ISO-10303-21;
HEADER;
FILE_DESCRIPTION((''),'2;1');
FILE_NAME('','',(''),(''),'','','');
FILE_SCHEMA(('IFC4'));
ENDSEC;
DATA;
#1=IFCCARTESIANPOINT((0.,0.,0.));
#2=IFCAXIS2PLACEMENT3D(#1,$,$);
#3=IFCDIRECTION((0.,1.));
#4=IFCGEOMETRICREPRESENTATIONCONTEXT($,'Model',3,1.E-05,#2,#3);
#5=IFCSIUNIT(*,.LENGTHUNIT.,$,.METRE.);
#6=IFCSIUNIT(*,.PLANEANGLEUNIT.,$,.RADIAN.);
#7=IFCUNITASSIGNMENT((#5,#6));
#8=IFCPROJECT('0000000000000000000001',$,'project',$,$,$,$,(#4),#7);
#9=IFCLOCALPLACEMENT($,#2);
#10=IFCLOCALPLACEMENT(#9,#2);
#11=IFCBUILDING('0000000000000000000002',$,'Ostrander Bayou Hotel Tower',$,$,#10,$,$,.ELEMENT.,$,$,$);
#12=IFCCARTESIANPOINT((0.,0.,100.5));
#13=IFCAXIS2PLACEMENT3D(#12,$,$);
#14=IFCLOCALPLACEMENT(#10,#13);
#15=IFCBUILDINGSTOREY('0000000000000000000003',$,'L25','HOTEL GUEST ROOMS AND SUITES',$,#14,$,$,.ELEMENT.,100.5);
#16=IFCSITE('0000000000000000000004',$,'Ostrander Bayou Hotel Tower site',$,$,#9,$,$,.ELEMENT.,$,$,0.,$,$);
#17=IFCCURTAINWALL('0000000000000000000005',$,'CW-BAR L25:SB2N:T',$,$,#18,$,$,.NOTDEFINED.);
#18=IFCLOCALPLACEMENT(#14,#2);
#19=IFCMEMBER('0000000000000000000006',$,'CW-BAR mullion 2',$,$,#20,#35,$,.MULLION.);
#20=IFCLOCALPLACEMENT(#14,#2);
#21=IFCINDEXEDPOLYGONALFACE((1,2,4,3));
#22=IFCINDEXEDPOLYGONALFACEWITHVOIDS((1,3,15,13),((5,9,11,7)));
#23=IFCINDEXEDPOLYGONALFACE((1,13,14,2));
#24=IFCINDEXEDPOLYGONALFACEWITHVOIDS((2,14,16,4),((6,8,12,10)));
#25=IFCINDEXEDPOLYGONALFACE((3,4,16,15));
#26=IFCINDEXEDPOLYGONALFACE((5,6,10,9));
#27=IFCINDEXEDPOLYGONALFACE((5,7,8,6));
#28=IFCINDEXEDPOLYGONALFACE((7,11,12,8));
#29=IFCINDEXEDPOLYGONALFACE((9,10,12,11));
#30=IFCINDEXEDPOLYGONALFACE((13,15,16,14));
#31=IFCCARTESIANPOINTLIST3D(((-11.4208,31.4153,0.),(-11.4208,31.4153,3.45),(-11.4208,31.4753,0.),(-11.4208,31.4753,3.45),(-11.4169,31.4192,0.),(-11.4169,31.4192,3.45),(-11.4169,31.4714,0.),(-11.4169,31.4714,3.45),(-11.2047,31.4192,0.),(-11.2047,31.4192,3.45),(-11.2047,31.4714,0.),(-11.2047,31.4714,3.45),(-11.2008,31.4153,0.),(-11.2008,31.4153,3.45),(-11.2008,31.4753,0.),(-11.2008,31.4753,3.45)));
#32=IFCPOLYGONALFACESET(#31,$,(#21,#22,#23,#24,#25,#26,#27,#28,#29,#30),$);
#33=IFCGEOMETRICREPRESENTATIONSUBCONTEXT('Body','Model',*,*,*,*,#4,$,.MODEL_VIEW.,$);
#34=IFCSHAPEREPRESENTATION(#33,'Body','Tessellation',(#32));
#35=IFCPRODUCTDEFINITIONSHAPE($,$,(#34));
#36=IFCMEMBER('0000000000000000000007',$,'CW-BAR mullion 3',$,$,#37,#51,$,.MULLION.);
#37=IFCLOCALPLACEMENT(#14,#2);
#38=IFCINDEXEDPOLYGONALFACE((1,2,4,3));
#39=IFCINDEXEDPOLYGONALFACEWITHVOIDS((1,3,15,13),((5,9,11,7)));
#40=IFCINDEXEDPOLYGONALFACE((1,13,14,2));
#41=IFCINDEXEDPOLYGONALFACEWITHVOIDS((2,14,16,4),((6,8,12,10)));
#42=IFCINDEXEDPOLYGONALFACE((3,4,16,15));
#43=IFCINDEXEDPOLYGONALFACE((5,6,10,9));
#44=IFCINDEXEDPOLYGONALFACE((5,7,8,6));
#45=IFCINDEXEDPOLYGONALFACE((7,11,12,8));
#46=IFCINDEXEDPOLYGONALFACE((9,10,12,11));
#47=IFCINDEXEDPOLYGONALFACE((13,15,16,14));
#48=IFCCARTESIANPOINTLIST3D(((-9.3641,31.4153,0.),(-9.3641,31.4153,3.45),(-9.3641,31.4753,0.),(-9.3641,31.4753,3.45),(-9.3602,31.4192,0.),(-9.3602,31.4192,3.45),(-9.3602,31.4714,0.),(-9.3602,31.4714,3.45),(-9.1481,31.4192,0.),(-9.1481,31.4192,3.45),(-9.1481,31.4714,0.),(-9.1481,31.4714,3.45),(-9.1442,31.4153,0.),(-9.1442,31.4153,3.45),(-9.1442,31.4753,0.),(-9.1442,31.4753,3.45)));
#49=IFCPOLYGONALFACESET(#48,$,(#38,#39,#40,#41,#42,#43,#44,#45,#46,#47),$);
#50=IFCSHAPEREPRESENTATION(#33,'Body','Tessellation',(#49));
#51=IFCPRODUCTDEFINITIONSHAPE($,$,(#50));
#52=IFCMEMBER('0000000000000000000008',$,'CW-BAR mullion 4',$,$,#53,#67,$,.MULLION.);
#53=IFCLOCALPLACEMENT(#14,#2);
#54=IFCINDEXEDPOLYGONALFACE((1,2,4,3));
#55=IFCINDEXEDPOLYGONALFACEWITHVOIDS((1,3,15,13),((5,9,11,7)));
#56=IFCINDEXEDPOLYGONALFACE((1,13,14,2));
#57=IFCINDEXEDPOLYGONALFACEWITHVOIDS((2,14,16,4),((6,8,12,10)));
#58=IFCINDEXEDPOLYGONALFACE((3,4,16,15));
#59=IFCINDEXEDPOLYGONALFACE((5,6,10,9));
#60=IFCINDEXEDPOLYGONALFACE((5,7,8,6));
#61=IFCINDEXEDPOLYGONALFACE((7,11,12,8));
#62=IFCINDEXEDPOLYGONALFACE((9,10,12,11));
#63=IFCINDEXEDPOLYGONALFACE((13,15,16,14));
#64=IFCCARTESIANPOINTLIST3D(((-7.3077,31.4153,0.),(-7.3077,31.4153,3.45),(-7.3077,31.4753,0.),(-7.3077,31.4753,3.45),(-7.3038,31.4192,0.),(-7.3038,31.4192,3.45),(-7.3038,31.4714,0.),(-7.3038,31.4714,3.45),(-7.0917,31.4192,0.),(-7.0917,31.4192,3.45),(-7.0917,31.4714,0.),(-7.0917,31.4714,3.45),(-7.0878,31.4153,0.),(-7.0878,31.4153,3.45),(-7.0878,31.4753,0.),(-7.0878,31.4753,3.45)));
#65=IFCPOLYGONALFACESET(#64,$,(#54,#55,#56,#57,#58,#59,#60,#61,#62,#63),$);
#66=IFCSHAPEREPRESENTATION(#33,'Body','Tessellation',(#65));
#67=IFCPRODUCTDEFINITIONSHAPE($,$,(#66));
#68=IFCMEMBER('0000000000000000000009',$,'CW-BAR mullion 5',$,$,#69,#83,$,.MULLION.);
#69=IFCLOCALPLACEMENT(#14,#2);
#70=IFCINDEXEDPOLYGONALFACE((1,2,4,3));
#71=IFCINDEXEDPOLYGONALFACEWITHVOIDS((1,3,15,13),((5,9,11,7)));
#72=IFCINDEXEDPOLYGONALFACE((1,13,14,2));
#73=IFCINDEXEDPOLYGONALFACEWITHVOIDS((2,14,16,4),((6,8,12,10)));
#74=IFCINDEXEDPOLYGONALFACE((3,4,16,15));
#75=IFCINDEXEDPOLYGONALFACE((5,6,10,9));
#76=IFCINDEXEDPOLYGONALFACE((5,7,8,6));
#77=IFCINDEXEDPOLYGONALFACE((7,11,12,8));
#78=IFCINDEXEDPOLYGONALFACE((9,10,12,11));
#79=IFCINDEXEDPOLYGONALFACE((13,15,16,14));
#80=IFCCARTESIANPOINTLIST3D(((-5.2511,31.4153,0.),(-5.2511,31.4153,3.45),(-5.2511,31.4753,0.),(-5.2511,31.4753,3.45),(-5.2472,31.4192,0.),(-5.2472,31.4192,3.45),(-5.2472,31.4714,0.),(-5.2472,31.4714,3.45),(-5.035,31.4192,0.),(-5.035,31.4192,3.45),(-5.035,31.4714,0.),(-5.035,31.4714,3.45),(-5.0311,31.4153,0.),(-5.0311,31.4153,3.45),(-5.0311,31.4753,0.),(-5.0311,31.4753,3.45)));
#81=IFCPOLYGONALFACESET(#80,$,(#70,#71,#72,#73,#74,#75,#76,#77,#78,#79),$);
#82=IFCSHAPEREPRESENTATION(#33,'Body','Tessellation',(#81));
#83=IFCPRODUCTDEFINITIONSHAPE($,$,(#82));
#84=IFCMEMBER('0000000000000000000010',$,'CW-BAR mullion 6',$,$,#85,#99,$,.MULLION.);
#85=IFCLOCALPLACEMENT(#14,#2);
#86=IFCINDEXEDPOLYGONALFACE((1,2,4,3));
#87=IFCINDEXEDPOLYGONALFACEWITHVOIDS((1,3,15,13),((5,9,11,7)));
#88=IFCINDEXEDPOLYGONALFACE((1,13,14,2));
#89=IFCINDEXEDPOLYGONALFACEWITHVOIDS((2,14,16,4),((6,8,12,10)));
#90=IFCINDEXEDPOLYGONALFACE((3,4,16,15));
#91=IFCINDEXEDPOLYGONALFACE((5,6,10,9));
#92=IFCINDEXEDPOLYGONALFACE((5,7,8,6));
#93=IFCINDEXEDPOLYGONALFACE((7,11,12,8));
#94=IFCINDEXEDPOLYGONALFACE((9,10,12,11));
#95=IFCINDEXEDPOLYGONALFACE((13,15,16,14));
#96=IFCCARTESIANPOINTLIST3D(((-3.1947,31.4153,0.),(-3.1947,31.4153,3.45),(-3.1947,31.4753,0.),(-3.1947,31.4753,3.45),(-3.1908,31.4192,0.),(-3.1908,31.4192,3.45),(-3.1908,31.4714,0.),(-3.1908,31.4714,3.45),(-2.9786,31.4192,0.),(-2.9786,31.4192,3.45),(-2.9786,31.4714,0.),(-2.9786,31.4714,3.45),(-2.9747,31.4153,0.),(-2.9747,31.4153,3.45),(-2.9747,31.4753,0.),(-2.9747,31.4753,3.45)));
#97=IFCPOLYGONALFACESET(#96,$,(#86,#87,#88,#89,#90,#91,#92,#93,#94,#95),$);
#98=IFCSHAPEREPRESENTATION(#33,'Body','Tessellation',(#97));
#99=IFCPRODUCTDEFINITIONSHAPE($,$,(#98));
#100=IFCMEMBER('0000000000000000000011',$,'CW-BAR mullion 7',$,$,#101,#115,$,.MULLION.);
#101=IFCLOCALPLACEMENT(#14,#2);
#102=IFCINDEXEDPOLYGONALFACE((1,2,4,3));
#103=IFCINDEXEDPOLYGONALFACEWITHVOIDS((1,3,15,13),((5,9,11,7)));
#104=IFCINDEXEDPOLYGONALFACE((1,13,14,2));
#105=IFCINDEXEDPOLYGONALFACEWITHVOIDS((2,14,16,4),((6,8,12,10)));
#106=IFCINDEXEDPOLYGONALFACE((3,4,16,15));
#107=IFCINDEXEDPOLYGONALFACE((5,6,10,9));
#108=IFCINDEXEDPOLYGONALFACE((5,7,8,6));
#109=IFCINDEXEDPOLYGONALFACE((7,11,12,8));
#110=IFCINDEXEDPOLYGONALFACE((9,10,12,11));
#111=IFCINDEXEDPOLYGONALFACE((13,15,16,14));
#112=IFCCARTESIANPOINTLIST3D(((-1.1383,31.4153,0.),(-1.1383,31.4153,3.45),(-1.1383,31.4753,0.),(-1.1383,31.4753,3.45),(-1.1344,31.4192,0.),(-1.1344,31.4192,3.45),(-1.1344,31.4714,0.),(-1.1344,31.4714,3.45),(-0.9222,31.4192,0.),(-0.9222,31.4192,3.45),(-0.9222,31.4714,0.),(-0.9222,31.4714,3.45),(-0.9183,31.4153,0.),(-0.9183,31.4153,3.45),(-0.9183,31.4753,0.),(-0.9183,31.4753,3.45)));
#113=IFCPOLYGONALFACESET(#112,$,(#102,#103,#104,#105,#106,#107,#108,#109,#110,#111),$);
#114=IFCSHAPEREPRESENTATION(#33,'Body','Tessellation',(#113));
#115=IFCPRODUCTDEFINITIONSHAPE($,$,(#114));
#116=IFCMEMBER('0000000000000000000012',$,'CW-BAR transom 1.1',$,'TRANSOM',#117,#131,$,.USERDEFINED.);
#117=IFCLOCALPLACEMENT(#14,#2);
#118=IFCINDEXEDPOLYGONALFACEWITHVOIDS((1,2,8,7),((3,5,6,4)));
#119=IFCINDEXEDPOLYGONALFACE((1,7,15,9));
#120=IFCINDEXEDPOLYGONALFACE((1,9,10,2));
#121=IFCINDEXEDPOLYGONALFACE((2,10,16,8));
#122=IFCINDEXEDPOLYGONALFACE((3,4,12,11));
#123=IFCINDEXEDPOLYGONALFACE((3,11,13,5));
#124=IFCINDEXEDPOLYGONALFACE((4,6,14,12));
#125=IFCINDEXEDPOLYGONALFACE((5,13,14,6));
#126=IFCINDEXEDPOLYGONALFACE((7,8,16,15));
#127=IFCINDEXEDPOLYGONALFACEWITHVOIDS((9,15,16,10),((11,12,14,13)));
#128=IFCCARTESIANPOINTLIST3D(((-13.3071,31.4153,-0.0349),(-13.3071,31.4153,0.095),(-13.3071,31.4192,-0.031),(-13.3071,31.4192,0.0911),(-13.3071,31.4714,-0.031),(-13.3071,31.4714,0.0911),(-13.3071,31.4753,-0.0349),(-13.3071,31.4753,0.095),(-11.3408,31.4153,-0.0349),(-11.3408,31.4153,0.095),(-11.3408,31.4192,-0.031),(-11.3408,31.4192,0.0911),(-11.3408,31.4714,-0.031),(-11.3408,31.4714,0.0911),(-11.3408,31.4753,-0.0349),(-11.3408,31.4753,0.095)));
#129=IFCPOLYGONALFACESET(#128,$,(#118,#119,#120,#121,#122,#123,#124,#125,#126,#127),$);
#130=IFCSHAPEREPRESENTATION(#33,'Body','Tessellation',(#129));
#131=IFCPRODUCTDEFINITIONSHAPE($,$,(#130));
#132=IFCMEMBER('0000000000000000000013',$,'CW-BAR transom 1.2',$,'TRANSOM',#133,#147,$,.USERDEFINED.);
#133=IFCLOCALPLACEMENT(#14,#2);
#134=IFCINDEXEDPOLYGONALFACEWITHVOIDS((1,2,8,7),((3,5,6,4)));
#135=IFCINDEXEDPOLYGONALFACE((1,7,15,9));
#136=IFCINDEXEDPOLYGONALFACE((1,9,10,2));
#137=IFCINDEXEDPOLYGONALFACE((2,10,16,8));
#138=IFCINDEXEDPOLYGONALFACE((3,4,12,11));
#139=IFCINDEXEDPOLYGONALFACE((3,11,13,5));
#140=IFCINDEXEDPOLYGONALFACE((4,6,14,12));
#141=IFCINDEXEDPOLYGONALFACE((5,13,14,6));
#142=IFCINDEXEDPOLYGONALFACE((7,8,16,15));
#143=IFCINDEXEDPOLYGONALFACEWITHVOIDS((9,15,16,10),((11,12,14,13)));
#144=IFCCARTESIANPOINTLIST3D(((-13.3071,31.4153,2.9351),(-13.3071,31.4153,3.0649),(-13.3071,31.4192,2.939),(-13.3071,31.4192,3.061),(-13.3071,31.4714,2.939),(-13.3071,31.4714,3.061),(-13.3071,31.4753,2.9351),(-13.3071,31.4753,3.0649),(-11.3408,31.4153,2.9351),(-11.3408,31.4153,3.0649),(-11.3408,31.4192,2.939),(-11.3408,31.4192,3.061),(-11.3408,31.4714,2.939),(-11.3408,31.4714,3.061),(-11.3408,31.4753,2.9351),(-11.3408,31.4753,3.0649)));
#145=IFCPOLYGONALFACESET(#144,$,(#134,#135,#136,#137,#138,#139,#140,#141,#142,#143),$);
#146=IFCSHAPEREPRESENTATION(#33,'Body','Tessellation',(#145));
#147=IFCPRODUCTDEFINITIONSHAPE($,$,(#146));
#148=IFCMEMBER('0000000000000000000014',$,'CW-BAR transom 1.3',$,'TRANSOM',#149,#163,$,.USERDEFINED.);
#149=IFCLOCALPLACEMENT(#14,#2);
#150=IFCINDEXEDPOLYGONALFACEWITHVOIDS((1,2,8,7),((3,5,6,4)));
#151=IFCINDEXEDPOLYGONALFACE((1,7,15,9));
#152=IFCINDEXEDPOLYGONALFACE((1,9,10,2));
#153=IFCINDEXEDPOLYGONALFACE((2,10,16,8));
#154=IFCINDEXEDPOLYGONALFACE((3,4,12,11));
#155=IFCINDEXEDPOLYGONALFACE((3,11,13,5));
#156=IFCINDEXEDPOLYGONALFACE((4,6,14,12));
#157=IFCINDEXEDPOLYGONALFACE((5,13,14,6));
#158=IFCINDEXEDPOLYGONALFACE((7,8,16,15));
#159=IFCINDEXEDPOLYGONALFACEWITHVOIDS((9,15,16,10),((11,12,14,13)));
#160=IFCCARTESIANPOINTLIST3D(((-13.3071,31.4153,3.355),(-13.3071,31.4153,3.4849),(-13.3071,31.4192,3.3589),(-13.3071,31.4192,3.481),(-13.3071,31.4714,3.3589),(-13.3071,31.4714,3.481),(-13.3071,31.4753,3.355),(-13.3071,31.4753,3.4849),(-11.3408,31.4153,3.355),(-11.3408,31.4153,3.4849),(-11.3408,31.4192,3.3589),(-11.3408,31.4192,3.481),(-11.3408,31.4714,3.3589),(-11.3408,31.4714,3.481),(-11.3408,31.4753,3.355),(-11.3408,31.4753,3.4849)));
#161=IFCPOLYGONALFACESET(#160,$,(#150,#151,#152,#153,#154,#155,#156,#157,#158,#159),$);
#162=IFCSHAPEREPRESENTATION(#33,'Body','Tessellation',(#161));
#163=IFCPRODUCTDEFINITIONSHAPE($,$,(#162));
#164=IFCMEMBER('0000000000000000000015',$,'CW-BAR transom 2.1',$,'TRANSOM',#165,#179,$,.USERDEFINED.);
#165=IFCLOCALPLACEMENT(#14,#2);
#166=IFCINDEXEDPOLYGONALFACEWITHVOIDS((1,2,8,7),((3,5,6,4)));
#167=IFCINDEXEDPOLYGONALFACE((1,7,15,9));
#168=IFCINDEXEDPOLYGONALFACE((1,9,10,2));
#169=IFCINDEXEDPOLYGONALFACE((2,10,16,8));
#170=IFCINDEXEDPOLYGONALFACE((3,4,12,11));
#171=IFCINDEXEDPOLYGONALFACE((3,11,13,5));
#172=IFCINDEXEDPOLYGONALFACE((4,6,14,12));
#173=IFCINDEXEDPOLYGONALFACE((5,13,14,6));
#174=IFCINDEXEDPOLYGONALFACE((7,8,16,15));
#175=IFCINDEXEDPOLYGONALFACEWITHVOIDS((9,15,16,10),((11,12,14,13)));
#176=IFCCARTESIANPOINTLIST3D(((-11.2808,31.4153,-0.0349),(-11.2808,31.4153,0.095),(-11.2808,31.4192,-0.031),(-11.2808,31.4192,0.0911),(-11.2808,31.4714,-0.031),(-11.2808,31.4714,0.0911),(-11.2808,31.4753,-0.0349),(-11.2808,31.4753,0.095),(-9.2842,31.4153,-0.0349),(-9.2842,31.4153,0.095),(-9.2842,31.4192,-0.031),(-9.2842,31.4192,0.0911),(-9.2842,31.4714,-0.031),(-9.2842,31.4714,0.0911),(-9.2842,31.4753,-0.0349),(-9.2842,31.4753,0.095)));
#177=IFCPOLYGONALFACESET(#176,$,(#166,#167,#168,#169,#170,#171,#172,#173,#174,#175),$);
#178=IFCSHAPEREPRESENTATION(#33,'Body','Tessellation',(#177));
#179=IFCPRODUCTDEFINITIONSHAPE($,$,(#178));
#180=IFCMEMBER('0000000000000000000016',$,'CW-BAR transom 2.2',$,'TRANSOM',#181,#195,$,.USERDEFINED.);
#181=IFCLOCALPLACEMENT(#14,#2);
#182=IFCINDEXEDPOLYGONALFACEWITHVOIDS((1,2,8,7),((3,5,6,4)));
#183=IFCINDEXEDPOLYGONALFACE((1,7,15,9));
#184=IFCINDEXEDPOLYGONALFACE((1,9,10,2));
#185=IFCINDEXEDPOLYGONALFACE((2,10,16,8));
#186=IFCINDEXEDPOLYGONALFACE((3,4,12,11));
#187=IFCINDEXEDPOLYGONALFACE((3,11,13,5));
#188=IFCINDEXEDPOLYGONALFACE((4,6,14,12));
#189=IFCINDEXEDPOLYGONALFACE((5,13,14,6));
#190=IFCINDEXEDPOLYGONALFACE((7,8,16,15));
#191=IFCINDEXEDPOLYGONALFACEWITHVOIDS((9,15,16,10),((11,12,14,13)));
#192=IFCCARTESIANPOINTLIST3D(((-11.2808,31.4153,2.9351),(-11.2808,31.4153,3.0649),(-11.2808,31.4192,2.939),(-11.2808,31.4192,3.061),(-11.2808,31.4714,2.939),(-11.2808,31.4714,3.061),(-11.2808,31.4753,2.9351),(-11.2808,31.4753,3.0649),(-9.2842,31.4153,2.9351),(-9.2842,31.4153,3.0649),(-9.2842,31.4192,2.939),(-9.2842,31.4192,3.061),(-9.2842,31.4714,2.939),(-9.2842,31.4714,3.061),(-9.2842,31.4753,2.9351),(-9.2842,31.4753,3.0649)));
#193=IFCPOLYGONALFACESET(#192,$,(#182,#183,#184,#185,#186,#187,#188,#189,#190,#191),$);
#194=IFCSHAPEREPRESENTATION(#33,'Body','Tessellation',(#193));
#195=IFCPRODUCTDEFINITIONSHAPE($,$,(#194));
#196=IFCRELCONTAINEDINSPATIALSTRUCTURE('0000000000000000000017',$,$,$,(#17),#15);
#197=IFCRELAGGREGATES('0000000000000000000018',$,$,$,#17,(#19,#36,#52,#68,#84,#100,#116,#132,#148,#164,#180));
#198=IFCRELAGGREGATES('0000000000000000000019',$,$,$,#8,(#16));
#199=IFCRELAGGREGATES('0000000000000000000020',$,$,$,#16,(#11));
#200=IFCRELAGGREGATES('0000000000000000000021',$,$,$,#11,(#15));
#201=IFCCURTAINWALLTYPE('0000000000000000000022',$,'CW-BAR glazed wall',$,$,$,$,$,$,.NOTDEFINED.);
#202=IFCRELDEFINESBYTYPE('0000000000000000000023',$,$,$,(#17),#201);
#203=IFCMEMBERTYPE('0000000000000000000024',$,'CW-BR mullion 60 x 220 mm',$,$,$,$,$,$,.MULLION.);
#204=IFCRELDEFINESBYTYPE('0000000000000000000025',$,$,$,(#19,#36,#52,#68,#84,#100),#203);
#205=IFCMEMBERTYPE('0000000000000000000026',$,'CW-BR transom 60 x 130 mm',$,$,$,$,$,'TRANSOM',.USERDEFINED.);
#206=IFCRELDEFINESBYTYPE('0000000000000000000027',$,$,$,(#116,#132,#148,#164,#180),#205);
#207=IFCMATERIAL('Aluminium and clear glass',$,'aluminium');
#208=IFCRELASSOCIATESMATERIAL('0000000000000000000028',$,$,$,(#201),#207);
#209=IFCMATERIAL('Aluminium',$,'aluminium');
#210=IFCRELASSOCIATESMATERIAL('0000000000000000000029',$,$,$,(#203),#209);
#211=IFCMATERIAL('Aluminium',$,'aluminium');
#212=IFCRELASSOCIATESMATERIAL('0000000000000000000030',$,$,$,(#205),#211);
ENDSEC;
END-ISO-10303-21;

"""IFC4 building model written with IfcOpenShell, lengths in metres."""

from ifc_helpers import new_model, si_unit, direction, frame, origin, origin_2d, place, context, subcontext, project, spatial, hollow_rectangle, extrude, material, material_profile, profile_set, type_object, element, aggregate, save


model = new_model("IFC4")

# Units and contexts
model_context = context("Model", 3, precision=1e-05, world=origin(), true_north=direction((0.0, 1.0)))
body_context = subcontext(model_context, "Body", "Model", "MODEL_VIEW")
ifc_project = project(units=[si_unit("LENGTHUNIT", "METRE"), si_unit("PLANEANGLEUNIT", "RADIAN")], contexts=[model_context])

# Site, building, storey
site_placement = place(None, origin())
site = spatial("IfcSite", under=ifc_project, at=site_placement, Name="Ostrander Bayou Hotel Tower site", CompositionType="ELEMENT", RefElevation=0.0)
building_placement = place(site_placement, origin())
building = spatial("IfcBuilding", under=site, at=building_placement, Name="Ostrander Bayou Hotel Tower", CompositionType="ELEMENT")
storey_placement = place(building_placement, frame((0.0, 0.0, 100.5)))
storey = spatial("IfcBuildingStorey", under=building, at=storey_placement, Name="L25", Description="HOTEL GUEST ROOMS AND SUITES", CompositionType="ELEMENT", Elevation=100.5)

# Curtain wall, members
ifc_material_1 = material(Name="Aluminium and clear glass", Category="aluminium")
curtain_wall_type = type_object("IfcCurtainWallType", Name="CW-BAR glazed wall", PredefinedType="NOTDEFINED", material=ifc_material_1)
curtain_wall_placement = place(storey_placement, origin())
curtain_wall = element("IfcCurtainWall", 1, at=curtain_wall_placement, inside=storey, type_object=curtain_wall_type, Name="CW-BAR L25:SB2N:T", PredefinedType="NOTDEFINED")
ifc_material_2 = material(Name="Aluminium", Category="aluminium")
ifc_material_profile_1 = material_profile(ifc_material_2, hollow_rectangle(XDim=0.0601, YDim=0.22, WallThickness=0.0039, at=origin_2d()))
ifc_profile_set_1 = profile_set([ifc_material_profile_1], Name="Aluminium")
member_type_1 = type_object("IfcMemberType", Name="CW-BR mullion 60 x 220 mm", PredefinedType="MULLION", material=ifc_profile_set_1)
member_1_placement = place(storey_placement, frame((-11.3108, 31.4453, 0.0), z_axis=(0.0, 0.0, 1.0), x_axis=(0.0, 1.0, 0.0)))
member_1 = element("IfcMember", 2, at=member_1_placement, type_object=member_type_1, Name="CW-BAR mullion 2", PredefinedType="MULLION", context=body_context, shape_type="SweptSolid", body=[
    extrude(hollow_rectangle(XDim=0.0601, YDim=0.22, WallThickness=0.0039, at=origin_2d()), origin(), (0.0, 0.0, 1.0), 3.45),
])
member_2_placement = place(storey_placement, frame((-9.2542, 31.4453, 0.0), z_axis=(0.0, 0.0, 1.0), x_axis=(0.0, 1.0, 0.0)))
member_2 = element("IfcMember", 3, at=member_2_placement, type_object=member_type_1, Name="CW-BAR mullion 3", PredefinedType="MULLION", context=body_context, shape_type="SweptSolid", body=[
    extrude(hollow_rectangle(XDim=0.0601, YDim=0.22, WallThickness=0.0039, at=origin_2d()), origin(), (0.0, 0.0, 1.0), 3.45),
])
member_3_placement = place(storey_placement, frame((-7.1978, 31.4453, 0.0), z_axis=(0.0, 0.0, 1.0), x_axis=(0.0, 1.0, 0.0)))
member_3 = element("IfcMember", 4, at=member_3_placement, type_object=member_type_1, Name="CW-BAR mullion 4", PredefinedType="MULLION", context=body_context, shape_type="SweptSolid", body=[
    extrude(hollow_rectangle(XDim=0.0601, YDim=0.22, WallThickness=0.0039, at=origin_2d()), origin(), (0.0, 0.0, 1.0), 3.45),
])
member_4_placement = place(storey_placement, frame((-5.1411, 31.4453, 0.0), z_axis=(0.0, 0.0, 1.0), x_axis=(0.0, 1.0, 0.0)))
member_4 = element("IfcMember", 5, at=member_4_placement, type_object=member_type_1, Name="CW-BAR mullion 5", PredefinedType="MULLION", context=body_context, shape_type="SweptSolid", body=[
    extrude(hollow_rectangle(XDim=0.0601, YDim=0.22, WallThickness=0.0039, at=origin_2d()), origin(), (0.0, 0.0, 1.0), 3.45),
])
member_5_placement = place(storey_placement, frame((-3.0847, 31.4453, 0.0), z_axis=(0.0, 0.0, 1.0), x_axis=(0.0, 1.0, 0.0)))
member_5 = element("IfcMember", 6, at=member_5_placement, type_object=member_type_1, Name="CW-BAR mullion 6", PredefinedType="MULLION", context=body_context, shape_type="SweptSolid", body=[
    extrude(hollow_rectangle(XDim=0.0601, YDim=0.22, WallThickness=0.0039, at=origin_2d()), origin(), (0.0, 0.0, 1.0), 3.45),
])
member_6_placement = place(storey_placement, frame((-1.0283, 31.4453, 0.0), z_axis=(0.0, 0.0, 1.0), x_axis=(0.0, 1.0, 0.0)))
member_6 = element("IfcMember", 7, at=member_6_placement, type_object=member_type_1, Name="CW-BAR mullion 7", PredefinedType="MULLION", context=body_context, shape_type="SweptSolid", body=[
    extrude(hollow_rectangle(XDim=0.0601, YDim=0.22, WallThickness=0.0039, at=origin_2d()), origin(), (0.0, 0.0, 1.0), 3.45),
])
ifc_material_3 = material(Name="Aluminium", Category="aluminium")
ifc_material_profile_2 = material_profile(ifc_material_3, hollow_rectangle(XDim=0.0601, YDim=0.1299, WallThickness=0.0039, at=origin_2d()))
ifc_profile_set_2 = profile_set([ifc_material_profile_2], Name="Aluminium")
member_type_2 = type_object("IfcMemberType", Name="CW-BR transom 60 x 130 mm", ElementType="TRANSOM", PredefinedType="USERDEFINED", material=ifc_profile_set_2)
member_7_placement = place(storey_placement, frame((-13.3071, 31.4453, 0.03), z_axis=(1.0, 0.0, 0.0), x_axis=(0.0, 1.0, 0.0)))
member_7 = element("IfcMember", 8, at=member_7_placement, type_object=member_type_2, Name="CW-BAR transom 1.1", ObjectType="TRANSOM", PredefinedType="USERDEFINED", context=body_context, shape_type="SweptSolid", body=[
    extrude(hollow_rectangle(XDim=0.0601, YDim=0.1299, WallThickness=0.0039, at=origin_2d()), origin(), (0.0, 0.0, 1.0), 1.9663),
])
member_8_placement = place(storey_placement, frame((-13.3071, 31.4453, 3.0), z_axis=(1.0, 0.0, 0.0), x_axis=(0.0, 1.0, 0.0)))
member_8 = element("IfcMember", 9, at=member_8_placement, type_object=member_type_2, Name="CW-BAR transom 1.2", ObjectType="TRANSOM", PredefinedType="USERDEFINED", context=body_context, shape_type="SweptSolid", body=[
    extrude(hollow_rectangle(XDim=0.0601, YDim=0.1299, WallThickness=0.0039, at=origin_2d()), origin(), (0.0, 0.0, 1.0), 1.9663),
])
member_9_placement = place(storey_placement, frame((-13.3071, 31.4453, 3.4199), z_axis=(1.0, 0.0, 0.0), x_axis=(0.0, 1.0, 0.0)))
member_9 = element("IfcMember", 10, at=member_9_placement, type_object=member_type_2, Name="CW-BAR transom 1.3", ObjectType="TRANSOM", PredefinedType="USERDEFINED", context=body_context, shape_type="SweptSolid", body=[
    extrude(hollow_rectangle(XDim=0.0601, YDim=0.1299, WallThickness=0.0039, at=origin_2d()), origin(), (0.0, 0.0, 1.0), 1.9663),
])
member_10_placement = place(storey_placement, frame((-11.2808, 31.4453, 0.03), z_axis=(1.0, 0.0, 0.0), x_axis=(0.0, 1.0, 0.0)))
member_10 = element("IfcMember", 11, at=member_10_placement, type_object=member_type_2, Name="CW-BAR transom 2.1", ObjectType="TRANSOM", PredefinedType="USERDEFINED", context=body_context, shape_type="SweptSolid", body=[
    extrude(hollow_rectangle(XDim=0.0601, YDim=0.1299, WallThickness=0.0039, at=origin_2d()), origin(), (0.0, 0.0, 1.0), 1.9966),
])
member_11_placement = place(storey_placement, frame((-11.2808, 31.4453, 3.0), z_axis=(1.0, 0.0, 0.0), x_axis=(0.0, 1.0, 0.0)))
member_11 = element("IfcMember", 12, at=member_11_placement, type_object=member_type_2, Name="CW-BAR transom 2.2", ObjectType="TRANSOM", PredefinedType="USERDEFINED", context=body_context, shape_type="SweptSolid", body=[
    extrude(hollow_rectangle(XDim=0.0601, YDim=0.1299, WallThickness=0.0039, at=origin_2d()), origin(), (0.0, 0.0, 1.0), 1.9966),
])
aggregate(curtain_wall, [member_1, member_2, member_3, member_4, member_5, member_6, member_7, member_8, member_9, member_10, member_11])

save(model, "model.ifc")
